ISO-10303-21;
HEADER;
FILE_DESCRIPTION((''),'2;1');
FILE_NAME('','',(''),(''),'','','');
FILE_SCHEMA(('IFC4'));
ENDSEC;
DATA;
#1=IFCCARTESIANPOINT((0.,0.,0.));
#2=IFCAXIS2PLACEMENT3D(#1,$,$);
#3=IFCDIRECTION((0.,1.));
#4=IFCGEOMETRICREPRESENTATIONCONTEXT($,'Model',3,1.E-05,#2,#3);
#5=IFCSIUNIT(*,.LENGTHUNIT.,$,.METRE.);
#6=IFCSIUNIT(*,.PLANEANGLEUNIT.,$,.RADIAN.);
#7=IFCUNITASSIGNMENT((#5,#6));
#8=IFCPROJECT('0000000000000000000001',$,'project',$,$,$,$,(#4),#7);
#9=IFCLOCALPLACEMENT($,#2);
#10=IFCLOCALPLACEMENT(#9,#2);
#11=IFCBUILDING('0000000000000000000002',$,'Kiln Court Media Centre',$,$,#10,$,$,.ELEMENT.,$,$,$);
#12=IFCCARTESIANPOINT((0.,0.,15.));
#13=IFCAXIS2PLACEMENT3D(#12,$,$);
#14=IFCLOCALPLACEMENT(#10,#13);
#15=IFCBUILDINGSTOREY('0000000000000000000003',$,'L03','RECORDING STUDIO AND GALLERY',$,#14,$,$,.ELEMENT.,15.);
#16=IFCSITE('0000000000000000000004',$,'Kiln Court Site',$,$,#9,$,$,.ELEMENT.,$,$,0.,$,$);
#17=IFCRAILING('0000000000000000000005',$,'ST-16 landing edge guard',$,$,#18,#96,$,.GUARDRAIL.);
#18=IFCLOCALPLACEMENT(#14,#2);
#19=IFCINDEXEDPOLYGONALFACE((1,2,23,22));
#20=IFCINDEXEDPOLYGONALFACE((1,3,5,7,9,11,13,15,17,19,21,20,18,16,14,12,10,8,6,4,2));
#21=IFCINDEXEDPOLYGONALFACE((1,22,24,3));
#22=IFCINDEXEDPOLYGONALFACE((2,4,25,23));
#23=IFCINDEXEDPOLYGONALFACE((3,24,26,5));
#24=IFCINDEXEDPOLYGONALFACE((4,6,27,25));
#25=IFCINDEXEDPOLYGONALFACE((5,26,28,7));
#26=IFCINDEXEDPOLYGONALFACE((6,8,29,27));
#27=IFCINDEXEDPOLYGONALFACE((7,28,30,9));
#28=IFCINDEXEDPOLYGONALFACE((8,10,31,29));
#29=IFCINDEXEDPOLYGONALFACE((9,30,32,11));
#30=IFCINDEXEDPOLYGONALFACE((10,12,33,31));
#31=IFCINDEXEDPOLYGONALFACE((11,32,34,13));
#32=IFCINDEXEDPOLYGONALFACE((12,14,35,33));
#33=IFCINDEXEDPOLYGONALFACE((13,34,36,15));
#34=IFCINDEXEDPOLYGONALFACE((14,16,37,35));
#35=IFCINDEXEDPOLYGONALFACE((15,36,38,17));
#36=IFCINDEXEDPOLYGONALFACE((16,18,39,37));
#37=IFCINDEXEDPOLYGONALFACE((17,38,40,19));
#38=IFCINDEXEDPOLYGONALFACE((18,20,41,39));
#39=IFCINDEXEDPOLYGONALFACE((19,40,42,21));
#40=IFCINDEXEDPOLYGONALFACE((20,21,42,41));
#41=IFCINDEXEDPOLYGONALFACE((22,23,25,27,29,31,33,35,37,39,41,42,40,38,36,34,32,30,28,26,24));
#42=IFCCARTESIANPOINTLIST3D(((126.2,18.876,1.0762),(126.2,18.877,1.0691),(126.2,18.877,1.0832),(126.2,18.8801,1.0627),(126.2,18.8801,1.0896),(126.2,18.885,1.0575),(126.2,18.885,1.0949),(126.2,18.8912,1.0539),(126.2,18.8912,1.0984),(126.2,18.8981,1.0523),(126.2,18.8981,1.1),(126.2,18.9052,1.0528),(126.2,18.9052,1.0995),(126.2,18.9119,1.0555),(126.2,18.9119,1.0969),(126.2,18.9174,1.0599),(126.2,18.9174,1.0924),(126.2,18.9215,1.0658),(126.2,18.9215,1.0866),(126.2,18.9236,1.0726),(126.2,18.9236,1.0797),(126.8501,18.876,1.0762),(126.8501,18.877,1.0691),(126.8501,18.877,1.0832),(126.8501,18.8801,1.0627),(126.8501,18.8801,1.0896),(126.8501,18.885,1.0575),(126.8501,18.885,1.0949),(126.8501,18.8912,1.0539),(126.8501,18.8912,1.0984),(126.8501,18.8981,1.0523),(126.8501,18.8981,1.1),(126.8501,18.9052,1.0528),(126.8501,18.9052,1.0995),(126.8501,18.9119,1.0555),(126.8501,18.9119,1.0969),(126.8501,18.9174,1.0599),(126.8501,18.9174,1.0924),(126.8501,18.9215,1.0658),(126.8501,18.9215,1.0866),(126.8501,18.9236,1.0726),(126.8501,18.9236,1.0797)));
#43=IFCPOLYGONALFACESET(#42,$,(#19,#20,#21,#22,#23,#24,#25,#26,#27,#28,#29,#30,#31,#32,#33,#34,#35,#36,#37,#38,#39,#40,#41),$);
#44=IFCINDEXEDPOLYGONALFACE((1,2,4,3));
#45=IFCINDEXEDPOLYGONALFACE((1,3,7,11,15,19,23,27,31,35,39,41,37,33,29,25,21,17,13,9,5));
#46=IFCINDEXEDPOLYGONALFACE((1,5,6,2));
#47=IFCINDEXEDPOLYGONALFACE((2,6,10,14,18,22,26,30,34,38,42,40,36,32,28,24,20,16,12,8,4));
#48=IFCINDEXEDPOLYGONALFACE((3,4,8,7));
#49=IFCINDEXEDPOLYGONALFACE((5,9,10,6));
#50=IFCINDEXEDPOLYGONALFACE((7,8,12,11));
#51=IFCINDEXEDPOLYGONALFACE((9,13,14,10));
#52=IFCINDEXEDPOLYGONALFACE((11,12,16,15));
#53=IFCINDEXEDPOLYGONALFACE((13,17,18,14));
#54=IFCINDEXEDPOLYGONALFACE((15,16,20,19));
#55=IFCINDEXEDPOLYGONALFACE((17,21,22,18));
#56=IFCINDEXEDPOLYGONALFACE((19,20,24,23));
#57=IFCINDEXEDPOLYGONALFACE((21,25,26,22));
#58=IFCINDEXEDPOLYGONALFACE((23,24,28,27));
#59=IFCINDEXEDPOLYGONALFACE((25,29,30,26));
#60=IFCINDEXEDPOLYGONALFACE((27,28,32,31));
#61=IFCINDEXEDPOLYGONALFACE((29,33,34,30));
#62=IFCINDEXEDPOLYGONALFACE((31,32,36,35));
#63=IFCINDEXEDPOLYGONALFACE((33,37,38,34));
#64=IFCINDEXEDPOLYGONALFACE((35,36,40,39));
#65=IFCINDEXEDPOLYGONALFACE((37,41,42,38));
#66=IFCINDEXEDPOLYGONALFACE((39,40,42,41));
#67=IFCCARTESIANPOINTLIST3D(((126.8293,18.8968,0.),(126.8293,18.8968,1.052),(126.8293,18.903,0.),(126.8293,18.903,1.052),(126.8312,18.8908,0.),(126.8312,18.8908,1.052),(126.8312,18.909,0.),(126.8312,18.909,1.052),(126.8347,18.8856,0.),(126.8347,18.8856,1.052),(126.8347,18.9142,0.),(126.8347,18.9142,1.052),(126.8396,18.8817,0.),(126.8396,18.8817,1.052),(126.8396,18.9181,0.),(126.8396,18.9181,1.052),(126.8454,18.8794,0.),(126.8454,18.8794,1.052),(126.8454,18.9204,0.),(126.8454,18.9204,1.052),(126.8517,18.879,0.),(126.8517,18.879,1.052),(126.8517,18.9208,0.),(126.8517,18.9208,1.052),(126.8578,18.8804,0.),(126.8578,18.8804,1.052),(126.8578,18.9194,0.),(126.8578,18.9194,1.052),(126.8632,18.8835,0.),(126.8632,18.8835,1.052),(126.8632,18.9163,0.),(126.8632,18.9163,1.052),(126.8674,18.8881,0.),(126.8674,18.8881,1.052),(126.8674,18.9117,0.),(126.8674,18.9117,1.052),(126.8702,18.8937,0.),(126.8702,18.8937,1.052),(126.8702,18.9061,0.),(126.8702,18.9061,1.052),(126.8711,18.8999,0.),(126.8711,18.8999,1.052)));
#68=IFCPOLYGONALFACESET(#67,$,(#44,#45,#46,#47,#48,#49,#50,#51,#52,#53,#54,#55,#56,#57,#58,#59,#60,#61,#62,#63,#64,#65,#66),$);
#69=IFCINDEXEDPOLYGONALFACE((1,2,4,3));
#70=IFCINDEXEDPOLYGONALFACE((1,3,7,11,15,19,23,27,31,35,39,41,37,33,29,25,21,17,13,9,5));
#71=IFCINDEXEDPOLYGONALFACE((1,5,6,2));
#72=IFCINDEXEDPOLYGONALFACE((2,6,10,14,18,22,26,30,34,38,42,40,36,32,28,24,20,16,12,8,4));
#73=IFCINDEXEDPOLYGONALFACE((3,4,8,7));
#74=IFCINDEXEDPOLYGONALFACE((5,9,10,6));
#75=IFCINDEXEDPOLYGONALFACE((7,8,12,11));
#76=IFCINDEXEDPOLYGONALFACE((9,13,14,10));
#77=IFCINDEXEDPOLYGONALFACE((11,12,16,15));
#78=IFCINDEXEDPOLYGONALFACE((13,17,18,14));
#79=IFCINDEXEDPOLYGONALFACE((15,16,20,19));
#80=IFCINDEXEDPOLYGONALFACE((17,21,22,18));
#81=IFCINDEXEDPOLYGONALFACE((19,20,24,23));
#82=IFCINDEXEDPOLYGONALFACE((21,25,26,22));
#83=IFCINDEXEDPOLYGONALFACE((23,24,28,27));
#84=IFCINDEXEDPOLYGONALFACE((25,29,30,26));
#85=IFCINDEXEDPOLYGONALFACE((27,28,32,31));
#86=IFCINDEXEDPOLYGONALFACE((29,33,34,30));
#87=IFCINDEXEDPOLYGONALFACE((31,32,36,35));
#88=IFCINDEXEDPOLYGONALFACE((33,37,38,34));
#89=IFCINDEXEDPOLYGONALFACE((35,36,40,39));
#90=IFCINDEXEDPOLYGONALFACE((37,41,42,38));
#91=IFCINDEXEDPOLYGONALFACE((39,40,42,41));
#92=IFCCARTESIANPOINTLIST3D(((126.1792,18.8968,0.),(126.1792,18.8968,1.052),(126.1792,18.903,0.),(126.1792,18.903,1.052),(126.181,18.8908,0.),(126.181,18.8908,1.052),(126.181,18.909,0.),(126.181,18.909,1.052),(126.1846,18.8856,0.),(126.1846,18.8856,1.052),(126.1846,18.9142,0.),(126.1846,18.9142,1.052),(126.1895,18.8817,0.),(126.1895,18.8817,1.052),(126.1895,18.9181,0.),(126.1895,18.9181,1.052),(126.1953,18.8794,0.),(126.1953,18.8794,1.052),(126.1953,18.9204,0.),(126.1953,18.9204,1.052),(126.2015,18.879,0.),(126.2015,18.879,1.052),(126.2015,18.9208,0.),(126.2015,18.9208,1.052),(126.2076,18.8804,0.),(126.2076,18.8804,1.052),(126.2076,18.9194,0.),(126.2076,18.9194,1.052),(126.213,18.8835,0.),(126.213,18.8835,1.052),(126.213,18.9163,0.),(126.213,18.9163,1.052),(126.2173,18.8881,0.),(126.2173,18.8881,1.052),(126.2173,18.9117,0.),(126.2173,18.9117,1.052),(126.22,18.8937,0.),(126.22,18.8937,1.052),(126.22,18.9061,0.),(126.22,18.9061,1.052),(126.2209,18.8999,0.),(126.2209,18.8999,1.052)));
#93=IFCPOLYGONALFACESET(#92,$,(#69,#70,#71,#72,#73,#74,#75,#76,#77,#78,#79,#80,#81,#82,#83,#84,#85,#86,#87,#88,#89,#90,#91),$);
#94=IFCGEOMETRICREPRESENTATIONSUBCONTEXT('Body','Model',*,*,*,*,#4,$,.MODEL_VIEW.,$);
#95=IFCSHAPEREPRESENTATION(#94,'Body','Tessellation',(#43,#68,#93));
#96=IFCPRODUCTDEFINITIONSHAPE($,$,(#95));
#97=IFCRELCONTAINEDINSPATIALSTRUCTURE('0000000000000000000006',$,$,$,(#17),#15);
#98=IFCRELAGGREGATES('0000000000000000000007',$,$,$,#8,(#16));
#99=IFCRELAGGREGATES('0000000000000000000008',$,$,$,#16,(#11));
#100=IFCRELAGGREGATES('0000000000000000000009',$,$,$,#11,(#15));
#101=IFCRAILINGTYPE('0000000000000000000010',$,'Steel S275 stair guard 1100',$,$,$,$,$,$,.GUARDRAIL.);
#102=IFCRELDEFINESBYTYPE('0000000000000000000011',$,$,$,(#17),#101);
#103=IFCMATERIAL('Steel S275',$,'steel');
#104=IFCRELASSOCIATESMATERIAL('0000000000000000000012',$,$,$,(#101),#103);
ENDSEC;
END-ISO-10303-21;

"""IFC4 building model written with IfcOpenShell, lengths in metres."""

from ifc_helpers import new_model, si_unit, direction, frame, origin, origin_2d, place, context, subcontext, project, spatial, circle, extrude, material, type_object, element, save


model = new_model("IFC4")

# Units and contexts
model_context = context("Model", 3, precision=1e-05, world=origin(), true_north=direction((0.0, 1.0)))
body_context = subcontext(model_context, "Body", "Model", "MODEL_VIEW")
ifc_project = project(units=[si_unit("LENGTHUNIT", "METRE"), si_unit("PLANEANGLEUNIT", "RADIAN")], contexts=[model_context])

# Site, building, storey
site_placement = place(None, origin())
site = spatial("IfcSite", under=ifc_project, at=site_placement, Name="Kiln Court Site", CompositionType="ELEMENT", RefElevation=0.0)
building_placement = place(site_placement, origin())
building = spatial("IfcBuilding", under=site, at=building_placement, Name="Kiln Court Media Centre", CompositionType="ELEMENT")
storey_placement = place(building_placement, frame((0.0, 0.0, 15.0)))
storey = spatial("IfcBuildingStorey", under=building, at=storey_placement, Name="L03", Description="RECORDING STUDIO AND GALLERY", CompositionType="ELEMENT", Elevation=15.0)

# Railing
ifc_material_1 = material(Name="Steel S275", Category="steel")
railing_type_1 = type_object("IfcRailingType", Name="Steel S275 stair guard 1100", PredefinedType="GUARDRAIL", material=ifc_material_1)
for number, where, name in (
    (1, (126.8501, 18.8999, 0.0), "ST-16 landing edge guard"),
):
    element("IfcRailing", number, at=place(storey_placement, frame(where)), inside=storey, type_object=railing_type_1, Name=name, PredefinedType="GUARDRAIL", context=body_context, shape_type="SweptSolid", body=[
        extrude(circle(Radius=0.0239, at=origin_2d()), frame((0.0, 0.0, 1.0762), z_axis=(-1.0, 0.0, 0.0), x_axis=(0.0, -1.0, 0.0)), (0.0, 0.0, 1.0), 0.6501),
        extrude(circle(Radius=0.021, at=origin_2d()), origin(), (0.0, 0.0, 1.0), 1.052),
        extrude(circle(Radius=0.021, at=origin_2d()), frame((-0.6501, 0.0, 0.0)), (0.0, 0.0, 1.0), 1.052),
    ])

save(model, "model.ifc")
